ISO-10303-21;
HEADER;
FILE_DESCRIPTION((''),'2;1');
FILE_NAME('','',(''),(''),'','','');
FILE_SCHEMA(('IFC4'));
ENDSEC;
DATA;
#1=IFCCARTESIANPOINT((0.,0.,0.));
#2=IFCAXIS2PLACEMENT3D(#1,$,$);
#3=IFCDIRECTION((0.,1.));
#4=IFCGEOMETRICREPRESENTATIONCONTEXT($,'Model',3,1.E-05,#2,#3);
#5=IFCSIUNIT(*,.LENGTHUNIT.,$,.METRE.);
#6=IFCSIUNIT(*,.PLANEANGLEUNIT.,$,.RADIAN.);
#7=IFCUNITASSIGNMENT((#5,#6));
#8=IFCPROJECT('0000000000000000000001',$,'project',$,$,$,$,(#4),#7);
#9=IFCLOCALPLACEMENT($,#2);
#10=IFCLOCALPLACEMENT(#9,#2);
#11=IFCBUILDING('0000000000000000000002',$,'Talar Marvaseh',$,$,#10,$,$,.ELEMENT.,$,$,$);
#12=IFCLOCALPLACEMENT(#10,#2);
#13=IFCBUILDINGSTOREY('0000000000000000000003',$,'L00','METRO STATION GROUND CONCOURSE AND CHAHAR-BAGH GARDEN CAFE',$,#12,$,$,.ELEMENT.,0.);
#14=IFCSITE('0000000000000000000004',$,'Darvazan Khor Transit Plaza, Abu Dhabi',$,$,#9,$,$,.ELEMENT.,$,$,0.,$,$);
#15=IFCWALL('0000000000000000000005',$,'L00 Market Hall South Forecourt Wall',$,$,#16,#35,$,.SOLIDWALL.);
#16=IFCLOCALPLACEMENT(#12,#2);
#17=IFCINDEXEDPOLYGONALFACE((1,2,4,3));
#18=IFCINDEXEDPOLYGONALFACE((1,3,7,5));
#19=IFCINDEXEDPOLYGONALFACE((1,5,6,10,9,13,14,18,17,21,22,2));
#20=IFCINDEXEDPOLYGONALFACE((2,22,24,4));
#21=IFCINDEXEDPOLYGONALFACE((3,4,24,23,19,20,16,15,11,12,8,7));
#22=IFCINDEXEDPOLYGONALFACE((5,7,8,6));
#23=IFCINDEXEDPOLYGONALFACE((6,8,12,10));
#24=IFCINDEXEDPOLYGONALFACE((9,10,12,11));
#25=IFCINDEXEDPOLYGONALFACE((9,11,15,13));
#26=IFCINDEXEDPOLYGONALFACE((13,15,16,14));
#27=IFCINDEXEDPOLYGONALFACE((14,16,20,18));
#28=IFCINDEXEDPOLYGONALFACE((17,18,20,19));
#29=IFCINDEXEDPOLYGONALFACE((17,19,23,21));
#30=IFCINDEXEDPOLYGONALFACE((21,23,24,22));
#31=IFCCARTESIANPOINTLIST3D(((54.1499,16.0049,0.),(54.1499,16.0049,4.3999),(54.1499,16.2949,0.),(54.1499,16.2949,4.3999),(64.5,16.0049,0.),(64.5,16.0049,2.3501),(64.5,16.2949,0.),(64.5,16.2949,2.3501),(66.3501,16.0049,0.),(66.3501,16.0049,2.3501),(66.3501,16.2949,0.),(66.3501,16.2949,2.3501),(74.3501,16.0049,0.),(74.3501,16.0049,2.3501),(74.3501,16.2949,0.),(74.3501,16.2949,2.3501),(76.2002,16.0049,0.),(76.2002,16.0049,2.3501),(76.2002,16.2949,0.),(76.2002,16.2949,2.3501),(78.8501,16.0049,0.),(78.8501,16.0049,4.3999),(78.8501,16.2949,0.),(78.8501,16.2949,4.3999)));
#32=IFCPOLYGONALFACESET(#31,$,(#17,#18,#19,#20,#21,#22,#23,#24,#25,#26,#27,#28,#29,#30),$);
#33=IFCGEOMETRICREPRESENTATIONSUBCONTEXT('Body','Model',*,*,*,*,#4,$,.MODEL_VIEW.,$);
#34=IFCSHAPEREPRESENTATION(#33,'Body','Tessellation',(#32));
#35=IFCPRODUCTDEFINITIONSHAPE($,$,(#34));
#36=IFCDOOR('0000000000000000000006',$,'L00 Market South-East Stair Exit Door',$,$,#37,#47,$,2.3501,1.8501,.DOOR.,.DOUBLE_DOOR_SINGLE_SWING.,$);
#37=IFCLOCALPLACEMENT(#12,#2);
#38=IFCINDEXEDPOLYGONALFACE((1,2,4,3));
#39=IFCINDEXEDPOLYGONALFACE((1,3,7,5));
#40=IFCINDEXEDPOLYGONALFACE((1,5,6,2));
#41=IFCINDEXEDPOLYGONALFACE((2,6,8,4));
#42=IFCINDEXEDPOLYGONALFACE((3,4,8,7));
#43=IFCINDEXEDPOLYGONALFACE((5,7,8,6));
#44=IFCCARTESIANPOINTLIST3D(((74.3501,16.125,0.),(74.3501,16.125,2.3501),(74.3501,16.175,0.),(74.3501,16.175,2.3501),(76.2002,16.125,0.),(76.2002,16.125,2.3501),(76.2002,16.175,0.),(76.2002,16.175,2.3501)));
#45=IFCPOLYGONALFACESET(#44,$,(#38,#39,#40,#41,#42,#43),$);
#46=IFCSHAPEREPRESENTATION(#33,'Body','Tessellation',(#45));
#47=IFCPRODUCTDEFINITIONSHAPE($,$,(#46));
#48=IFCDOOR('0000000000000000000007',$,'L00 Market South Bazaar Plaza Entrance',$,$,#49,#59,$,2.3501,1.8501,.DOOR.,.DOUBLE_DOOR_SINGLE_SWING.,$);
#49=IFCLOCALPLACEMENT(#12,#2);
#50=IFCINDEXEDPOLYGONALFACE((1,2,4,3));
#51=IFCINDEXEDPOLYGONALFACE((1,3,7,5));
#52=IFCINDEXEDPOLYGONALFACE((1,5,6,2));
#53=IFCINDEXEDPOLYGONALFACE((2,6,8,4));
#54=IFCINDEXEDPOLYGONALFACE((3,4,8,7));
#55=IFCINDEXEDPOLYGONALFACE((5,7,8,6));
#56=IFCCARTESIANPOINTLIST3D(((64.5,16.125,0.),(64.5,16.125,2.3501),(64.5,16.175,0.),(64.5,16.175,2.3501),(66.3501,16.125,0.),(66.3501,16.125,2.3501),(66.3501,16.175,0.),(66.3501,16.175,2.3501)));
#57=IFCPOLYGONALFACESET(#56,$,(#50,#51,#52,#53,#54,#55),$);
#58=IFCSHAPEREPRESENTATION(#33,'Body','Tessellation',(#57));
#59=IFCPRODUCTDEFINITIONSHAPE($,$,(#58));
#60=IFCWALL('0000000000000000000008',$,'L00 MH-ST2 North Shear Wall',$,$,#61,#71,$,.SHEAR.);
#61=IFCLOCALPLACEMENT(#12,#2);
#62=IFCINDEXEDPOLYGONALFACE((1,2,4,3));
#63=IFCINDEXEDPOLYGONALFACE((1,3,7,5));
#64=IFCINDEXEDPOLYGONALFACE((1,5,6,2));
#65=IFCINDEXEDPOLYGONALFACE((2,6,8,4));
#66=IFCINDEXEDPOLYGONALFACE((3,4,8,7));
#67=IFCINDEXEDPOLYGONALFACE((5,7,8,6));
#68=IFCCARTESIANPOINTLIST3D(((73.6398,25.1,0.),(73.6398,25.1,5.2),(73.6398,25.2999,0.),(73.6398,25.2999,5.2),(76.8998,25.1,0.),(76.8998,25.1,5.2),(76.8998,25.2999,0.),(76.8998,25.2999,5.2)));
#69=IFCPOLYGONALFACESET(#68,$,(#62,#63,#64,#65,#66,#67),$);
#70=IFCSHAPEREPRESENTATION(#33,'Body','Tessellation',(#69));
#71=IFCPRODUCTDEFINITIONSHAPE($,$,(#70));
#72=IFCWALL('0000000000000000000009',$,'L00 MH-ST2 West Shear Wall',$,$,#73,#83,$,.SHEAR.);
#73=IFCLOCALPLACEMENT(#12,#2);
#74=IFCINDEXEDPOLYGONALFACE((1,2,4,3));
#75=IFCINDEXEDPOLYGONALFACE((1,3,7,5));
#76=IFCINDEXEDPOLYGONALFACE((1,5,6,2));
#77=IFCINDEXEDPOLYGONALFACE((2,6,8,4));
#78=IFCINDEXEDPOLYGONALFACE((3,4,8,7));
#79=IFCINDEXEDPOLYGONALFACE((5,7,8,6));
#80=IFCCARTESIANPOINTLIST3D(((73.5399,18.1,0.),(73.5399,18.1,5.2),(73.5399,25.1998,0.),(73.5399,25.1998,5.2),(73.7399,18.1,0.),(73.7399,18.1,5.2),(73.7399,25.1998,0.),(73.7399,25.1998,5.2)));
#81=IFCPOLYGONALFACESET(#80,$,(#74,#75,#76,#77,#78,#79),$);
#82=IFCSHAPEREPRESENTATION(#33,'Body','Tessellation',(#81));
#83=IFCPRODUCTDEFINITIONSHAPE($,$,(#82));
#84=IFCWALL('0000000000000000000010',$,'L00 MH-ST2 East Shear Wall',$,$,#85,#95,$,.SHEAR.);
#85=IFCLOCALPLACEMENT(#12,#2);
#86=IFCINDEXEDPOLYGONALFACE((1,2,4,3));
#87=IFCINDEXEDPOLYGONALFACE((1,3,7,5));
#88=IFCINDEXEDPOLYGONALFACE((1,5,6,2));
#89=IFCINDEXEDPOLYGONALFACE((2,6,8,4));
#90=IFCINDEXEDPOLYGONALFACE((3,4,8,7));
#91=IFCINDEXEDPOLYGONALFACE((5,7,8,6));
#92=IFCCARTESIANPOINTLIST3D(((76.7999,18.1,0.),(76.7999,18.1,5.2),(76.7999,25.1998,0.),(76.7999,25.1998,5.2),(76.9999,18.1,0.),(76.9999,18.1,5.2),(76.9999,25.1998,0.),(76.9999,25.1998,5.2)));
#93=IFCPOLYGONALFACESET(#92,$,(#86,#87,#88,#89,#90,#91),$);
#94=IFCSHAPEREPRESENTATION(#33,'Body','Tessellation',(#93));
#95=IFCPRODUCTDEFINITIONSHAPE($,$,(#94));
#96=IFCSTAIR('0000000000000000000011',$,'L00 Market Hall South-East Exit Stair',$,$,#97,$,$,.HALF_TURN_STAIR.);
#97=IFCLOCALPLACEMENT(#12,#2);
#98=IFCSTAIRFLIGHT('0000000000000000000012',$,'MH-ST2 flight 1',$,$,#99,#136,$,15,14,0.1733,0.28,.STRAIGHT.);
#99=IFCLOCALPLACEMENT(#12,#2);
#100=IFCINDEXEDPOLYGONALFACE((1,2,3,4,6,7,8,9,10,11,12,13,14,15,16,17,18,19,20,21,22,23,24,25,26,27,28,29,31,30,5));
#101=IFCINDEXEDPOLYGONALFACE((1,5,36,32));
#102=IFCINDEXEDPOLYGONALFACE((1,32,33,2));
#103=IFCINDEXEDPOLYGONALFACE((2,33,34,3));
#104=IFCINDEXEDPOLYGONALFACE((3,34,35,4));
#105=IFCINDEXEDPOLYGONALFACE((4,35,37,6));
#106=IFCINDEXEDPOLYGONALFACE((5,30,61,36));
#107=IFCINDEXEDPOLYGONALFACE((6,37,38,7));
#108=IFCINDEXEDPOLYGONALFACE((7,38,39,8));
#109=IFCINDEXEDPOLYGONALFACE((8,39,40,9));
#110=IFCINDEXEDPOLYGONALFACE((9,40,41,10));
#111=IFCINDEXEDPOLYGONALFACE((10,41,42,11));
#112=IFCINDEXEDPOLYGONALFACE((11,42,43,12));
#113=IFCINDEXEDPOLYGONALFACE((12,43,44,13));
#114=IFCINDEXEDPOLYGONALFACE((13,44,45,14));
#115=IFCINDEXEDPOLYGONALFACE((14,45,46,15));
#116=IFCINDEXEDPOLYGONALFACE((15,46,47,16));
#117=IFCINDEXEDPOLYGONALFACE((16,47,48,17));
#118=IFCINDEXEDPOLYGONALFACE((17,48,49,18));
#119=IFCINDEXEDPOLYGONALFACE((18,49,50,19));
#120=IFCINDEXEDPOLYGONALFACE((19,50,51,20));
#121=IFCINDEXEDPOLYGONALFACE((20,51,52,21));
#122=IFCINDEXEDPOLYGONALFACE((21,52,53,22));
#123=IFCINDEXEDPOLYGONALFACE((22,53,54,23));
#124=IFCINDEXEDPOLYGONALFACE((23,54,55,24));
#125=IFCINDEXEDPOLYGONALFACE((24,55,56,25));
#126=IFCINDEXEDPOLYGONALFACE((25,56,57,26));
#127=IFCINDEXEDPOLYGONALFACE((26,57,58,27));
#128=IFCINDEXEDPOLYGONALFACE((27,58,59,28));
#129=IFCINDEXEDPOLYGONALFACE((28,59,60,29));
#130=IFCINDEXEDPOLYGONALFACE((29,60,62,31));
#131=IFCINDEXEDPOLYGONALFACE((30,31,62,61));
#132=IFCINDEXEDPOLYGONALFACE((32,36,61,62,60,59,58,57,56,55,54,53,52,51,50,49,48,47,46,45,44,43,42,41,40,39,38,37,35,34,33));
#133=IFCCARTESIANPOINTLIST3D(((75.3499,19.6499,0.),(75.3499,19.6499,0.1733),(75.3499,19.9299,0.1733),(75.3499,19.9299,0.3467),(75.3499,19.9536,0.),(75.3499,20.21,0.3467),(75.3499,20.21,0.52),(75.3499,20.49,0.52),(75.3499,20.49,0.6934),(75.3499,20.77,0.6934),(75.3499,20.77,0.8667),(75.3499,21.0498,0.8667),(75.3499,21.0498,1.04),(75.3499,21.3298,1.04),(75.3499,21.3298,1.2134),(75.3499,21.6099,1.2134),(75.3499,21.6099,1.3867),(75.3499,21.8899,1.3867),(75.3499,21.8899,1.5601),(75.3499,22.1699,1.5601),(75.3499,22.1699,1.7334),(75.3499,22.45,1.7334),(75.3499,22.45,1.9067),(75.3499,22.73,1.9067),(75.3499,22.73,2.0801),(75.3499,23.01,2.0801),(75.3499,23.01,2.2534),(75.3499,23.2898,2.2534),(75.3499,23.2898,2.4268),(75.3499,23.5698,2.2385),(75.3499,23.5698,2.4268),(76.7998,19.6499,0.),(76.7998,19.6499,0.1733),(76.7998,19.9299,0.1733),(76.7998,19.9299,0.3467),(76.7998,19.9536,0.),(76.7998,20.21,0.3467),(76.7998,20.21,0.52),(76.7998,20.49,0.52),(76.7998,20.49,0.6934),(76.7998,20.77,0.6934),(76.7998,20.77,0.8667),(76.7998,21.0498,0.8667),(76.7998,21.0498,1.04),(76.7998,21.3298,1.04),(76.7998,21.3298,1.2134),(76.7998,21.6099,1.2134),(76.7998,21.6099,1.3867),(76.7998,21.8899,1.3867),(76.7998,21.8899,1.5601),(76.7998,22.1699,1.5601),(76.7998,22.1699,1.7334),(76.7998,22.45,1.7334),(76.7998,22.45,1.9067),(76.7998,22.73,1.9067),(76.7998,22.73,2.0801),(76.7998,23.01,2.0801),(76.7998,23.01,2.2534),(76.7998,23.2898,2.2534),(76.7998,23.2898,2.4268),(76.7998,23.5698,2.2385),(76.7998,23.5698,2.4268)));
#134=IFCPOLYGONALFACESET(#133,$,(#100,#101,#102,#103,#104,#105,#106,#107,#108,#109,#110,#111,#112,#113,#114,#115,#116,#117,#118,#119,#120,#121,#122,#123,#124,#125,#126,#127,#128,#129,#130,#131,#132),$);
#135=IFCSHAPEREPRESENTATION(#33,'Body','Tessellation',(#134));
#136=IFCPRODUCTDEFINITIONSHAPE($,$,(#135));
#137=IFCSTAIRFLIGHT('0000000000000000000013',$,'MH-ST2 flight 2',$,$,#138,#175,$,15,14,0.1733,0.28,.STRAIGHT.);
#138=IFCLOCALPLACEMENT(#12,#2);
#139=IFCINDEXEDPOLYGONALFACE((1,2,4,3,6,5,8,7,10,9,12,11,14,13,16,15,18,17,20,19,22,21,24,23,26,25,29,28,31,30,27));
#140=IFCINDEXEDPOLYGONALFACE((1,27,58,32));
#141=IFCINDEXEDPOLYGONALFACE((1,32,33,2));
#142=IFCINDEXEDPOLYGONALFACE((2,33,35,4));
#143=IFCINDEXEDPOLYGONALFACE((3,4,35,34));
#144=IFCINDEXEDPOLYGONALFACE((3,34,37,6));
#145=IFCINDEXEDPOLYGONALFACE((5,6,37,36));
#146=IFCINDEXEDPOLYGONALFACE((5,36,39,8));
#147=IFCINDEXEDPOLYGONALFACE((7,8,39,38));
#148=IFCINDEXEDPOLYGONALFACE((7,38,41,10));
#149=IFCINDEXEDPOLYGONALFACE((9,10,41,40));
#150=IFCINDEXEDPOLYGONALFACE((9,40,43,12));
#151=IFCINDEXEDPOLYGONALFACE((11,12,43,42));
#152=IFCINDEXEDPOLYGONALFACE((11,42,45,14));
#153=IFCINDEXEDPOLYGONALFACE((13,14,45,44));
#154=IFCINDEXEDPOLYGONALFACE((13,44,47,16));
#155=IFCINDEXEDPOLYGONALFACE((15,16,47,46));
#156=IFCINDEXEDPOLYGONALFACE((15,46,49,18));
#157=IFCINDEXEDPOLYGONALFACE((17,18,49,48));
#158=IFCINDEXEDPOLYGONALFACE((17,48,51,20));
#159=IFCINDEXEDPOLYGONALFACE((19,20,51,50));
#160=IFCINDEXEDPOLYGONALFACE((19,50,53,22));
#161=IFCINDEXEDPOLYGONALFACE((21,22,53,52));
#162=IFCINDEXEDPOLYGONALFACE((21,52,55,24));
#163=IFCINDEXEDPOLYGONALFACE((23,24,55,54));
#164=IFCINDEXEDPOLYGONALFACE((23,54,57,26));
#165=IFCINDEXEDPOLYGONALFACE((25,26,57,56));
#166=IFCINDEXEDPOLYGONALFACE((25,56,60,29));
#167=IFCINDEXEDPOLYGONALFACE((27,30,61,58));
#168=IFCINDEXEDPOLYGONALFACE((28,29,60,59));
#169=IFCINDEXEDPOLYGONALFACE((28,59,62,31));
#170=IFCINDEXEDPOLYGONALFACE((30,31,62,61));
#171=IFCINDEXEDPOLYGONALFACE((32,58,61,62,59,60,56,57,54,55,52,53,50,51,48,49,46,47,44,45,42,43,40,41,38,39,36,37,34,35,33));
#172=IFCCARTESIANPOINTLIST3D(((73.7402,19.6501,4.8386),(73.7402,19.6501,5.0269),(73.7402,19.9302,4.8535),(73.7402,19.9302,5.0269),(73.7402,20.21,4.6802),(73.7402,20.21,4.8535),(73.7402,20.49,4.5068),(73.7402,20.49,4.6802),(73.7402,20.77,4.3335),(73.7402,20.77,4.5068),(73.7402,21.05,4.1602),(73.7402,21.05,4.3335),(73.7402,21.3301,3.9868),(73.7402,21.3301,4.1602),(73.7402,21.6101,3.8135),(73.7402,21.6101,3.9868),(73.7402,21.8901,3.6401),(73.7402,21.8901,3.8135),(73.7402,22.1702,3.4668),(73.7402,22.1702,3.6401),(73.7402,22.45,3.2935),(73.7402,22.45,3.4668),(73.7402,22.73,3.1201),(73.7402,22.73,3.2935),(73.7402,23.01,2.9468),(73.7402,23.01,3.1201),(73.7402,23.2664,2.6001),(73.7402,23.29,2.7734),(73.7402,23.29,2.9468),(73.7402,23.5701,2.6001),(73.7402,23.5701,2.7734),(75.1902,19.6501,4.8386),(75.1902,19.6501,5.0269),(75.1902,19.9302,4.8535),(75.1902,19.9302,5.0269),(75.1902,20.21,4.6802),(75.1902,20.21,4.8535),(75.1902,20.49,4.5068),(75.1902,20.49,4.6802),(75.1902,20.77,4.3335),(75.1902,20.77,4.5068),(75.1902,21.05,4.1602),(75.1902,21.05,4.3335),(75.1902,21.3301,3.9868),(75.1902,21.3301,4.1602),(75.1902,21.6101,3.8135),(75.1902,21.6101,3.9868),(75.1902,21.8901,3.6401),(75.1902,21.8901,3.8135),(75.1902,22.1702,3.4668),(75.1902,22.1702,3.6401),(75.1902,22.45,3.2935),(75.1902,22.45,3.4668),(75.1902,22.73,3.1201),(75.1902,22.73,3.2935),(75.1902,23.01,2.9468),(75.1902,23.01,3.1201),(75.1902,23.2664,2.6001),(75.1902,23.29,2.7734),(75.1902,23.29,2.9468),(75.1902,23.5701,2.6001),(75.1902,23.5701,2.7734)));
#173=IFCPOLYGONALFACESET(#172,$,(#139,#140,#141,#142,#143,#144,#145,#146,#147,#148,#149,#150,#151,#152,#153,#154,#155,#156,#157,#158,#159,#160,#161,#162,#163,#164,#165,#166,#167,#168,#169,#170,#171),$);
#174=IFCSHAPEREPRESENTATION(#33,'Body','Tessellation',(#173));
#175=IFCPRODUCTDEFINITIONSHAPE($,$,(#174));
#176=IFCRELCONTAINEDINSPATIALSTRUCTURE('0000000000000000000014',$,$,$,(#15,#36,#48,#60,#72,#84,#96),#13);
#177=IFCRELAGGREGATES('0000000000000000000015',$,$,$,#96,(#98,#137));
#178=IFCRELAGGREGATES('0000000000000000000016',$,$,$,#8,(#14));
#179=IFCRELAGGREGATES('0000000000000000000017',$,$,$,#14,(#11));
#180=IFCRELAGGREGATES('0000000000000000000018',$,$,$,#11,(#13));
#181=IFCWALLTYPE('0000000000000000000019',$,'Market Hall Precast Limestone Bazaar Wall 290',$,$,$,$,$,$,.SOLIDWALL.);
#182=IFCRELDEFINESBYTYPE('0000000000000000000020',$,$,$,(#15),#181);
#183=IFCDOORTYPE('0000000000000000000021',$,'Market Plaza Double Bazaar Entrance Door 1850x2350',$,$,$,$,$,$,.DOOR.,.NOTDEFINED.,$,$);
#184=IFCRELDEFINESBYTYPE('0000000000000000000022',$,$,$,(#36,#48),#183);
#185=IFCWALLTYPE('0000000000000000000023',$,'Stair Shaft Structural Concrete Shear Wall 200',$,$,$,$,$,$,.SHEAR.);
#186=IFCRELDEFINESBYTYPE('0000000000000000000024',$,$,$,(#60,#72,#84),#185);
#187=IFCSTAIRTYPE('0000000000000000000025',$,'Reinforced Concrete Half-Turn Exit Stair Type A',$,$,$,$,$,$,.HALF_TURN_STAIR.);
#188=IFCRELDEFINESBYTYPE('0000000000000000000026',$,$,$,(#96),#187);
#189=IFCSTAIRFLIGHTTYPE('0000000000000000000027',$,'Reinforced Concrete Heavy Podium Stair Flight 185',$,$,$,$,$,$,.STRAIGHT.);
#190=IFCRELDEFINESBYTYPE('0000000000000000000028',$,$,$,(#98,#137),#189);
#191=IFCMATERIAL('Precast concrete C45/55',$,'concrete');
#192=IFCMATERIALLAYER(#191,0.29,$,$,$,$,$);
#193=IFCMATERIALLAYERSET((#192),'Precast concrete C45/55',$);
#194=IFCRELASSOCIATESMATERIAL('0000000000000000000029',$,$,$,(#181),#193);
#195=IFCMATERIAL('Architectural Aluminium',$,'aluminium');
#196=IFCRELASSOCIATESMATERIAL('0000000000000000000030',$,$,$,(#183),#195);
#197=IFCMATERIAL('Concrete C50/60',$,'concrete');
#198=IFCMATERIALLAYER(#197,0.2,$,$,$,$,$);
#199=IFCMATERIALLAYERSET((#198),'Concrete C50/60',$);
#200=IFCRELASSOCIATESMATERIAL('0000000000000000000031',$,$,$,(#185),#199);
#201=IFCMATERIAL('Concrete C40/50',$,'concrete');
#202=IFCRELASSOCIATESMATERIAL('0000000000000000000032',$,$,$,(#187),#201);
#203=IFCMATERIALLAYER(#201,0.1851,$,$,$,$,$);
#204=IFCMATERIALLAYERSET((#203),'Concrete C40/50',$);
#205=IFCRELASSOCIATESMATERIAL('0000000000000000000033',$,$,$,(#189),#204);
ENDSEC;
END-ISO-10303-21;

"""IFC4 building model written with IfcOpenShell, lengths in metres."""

from ifc_helpers import new_model, si_unit, direction, frame, frame_2d, origin, place, context, subcontext, project, spatial, polyline, rectangle, outline, extrude, source, transform, mapped, material, layer, layer_set, type_object, type_shapes, element, fill, aggregate, save


model = new_model("IFC4")

# Units and contexts
model_context = context("Model", 3, precision=1e-05, world=origin(), true_north=direction((0.0, 1.0)))
body_context = subcontext(model_context, "Body", "Model", "MODEL_VIEW")
ifc_project = project(units=[si_unit("LENGTHUNIT", "METRE"), si_unit("PLANEANGLEUNIT", "RADIAN")], contexts=[model_context])

# Site, building, storey
site_placement = place(None, origin())
site = spatial("IfcSite", under=ifc_project, at=site_placement, Name="Darvazan Khor Transit Plaza, Abu Dhabi", CompositionType="ELEMENT", RefElevation=0.0)
building_placement = place(site_placement, origin())
building = spatial("IfcBuilding", under=site, at=building_placement, Name="Talar Marvaseh", CompositionType="ELEMENT")
storey_placement = place(building_placement, origin())
storey = spatial("IfcBuildingStorey", under=building, at=storey_placement, Name="L00", Description="METRO STATION GROUND CONCOURSE AND CHAHAR-BAGH GARDEN CAFE", CompositionType="ELEMENT", Elevation=0.0)

# Shared definitions
ifc_material_1 = material(Name="Concrete C40/50", Category="concrete")

# Wall, openings, doors
ifc_material_2 = material(Name="Precast concrete C45/55", Category="concrete")
ifc_layer_1 = layer(ifc_material_2, 0.29)
ifc_layer_set_1 = layer_set([ifc_layer_1], Name="Precast concrete C45/55")
wall_type_1 = type_object("IfcWallType", Name="Market Hall Precast Limestone Bazaar Wall 290", PredefinedType="SOLIDWALL", material=ifc_layer_set_1)
wall_1_placement = place(storey_placement, frame((78.8501, 16.1499, 0.0), z_axis=(0.0, 0.0, 1.0), x_axis=(-1.0, 0.0, 0.0)))
wall_1 = element("IfcWall", 1, at=wall_1_placement, inside=storey, type_object=wall_type_1, Name="L00 Market Hall South Forecourt Wall", PredefinedType="SOLIDWALL", context=body_context, shape_type="SweptSolid", body=[
    extrude(rectangle(XDim=24.7002, YDim=0.29, at=frame_2d((12.3501, 0.0))), origin(), (0.0, 0.0, 1.0), 4.3999),
])
opening_1_placement = place(wall_1_placement, frame((2.6499, 0.0, 0.0)))
opening_1 = element("IfcOpeningElement", 2, at=opening_1_placement, cuts=wall_1, PredefinedType="OPENING", context=body_context, shape_type="SweptSolid", body=[
    extrude(rectangle(XDim=1.8501, YDim=2.3501, at=frame_2d((0.925, 1.175))), frame((0.0, 0.155, 0.0), z_axis=(0.0, -1.0, 0.0), x_axis=(1.0, 0.0, 0.0)), (0.0, 0.0, 1.0), 0.3101),
])
opening_2_placement = place(wall_1_placement, frame((12.5, 0.0, 0.0)))
opening_2 = element("IfcOpeningElement", 3, at=opening_2_placement, cuts=wall_1, PredefinedType="OPENING", context=body_context, shape_type="SweptSolid", body=[
    extrude(rectangle(XDim=1.8501, YDim=2.3501, at=frame_2d((0.925, 1.175))), frame((0.0, 0.155, 0.0), z_axis=(0.0, -1.0, 0.0), x_axis=(1.0, 0.0, 0.0)), (0.0, 0.0, 1.0), 0.3101),
])
ifc_material_3 = material(Name="Architectural Aluminium", Category="aluminium")
door_type_1 = type_object("IfcDoorType", Name="Market Plaza Double Bazaar Entrance Door 1850x2350", OperationType="NOTDEFINED", PredefinedType="DOOR", material=ifc_material_3)
shared_shape_1 = source(origin(), body_context, "Body", "SweptSolid", [
    extrude(rectangle(XDim=1.8501, YDim=2.3501, at=frame_2d((0.925, 1.175))), frame((0.0, 0.0249, 0.0), z_axis=(0.0, -1.0, 0.0), x_axis=(1.0, 0.0, 0.0)), (0.0, 0.0, 1.0), 0.05),
])
type_shapes(door_type_1, [shared_shape_1])
door_1_placement = place(opening_1_placement, origin())
door_1 = element("IfcDoor", 4, at=door_1_placement, inside=storey, type_object=door_type_1, Name="L00 Market South-East Stair Exit Door", OperationType="DOUBLE_DOOR_SINGLE_SWING", OverallHeight=2.3501, OverallWidth=1.8501, PredefinedType="DOOR", context=body_context, shape_type="MappedRepresentation", body=[
    mapped(shared_shape_1, transform((0.0, 0.0, 0.0), x_axis=(1.0, 0.0, 0.0), y_axis=(0.0, 1.0, 0.0), z_axis=(0.0, 0.0, 1.0), scale=1.0)),
])
fill(opening_1, door_1)
door_2_placement = place(opening_2_placement, origin())
door_2 = element("IfcDoor", 5, at=door_2_placement, inside=storey, type_object=door_type_1, Name="L00 Market South Bazaar Plaza Entrance", OperationType="DOUBLE_DOOR_SINGLE_SWING", OverallHeight=2.3501, OverallWidth=1.8501, PredefinedType="DOOR", context=body_context, shape_type="MappedRepresentation", body=[
    mapped(shared_shape_1, transform((0.0, 0.0, 0.0), x_axis=(1.0, 0.0, 0.0), y_axis=(0.0, 1.0, 0.0), z_axis=(0.0, 0.0, 1.0), scale=1.0)),
])
fill(opening_2, door_2)

# Shared definitions
ifc_material_4 = material(Name="Concrete C50/60", Category="concrete")
ifc_layer_2 = layer(ifc_material_4, 0.2)
ifc_layer_set_2 = layer_set([ifc_layer_2], Name="Concrete C50/60")
wall_type_2 = type_object("IfcWallType", Name="Stair Shaft Structural Concrete Shear Wall 200", PredefinedType="SHEAR", material=ifc_layer_set_2)

# Walls
wall_2_placement = place(storey_placement, frame((73.6399, 25.2, 0.0), z_axis=(0.0, 0.0, 1.0), x_axis=(1.0, 0.0, 0.0)))
element("IfcWall", 6, at=wall_2_placement, inside=storey, type_object=wall_type_2, Name="L00 MH-ST2 North Shear Wall", PredefinedType="SHEAR", context=body_context, shape_type="SweptSolid", body=[
    extrude(rectangle(XDim=3.26, YDim=0.2, at=frame_2d((1.6299, 0.0))), origin(), (0.0, 0.0, 1.0), 5.2),
])
for number, where, z_axis, x_axis, name in (
    (7, (73.6399, 18.1001, 0.0), (0.0, 0.0, 1.0), (0.0, 1.0, 0.0), "L00 MH-ST2 West Shear Wall"),
    (8, (76.8999, 18.1001, 0.0), (0.0, 0.0, 1.0), (0.0, 1.0, 0.0), "L00 MH-ST2 East Shear Wall"),
):
    element("IfcWall", number, at=place(storey_placement, frame(where, z_axis=z_axis, x_axis=x_axis)), inside=storey, type_object=wall_type_2, Name=name, PredefinedType="SHEAR", context=body_context, shape_type="SweptSolid", body=[
        extrude(rectangle(XDim=7.0999, YDim=0.2, at=frame_2d((3.5498, 0.0))), origin(), (0.0, 0.0, 1.0), 5.2),
    ])

# Stair, stair flights
stair_type = type_object("IfcStairType", Name="Reinforced Concrete Half-Turn Exit Stair Type A", PredefinedType="HALF_TURN_STAIR", material=ifc_material_1)
stair_placement = place(storey_placement, origin())
stair = element("IfcStair", 9, at=stair_placement, inside=storey, type_object=stair_type, Name="L00 Market Hall South-East Exit Stair", PredefinedType="HALF_TURN_STAIR")
ifc_layer_3 = layer(ifc_material_1, 0.1851)
ifc_layer_set_3 = layer_set([ifc_layer_3], Name="Concrete C40/50")
stair_flight_type = type_object("IfcStairFlightType", Name="Reinforced Concrete Heavy Podium Stair Flight 185", PredefinedType="STRAIGHT", material=ifc_layer_set_3)
stair_flight_1_placement = place(storey_placement, frame((76.075, 19.6499, 0.0), z_axis=(0.0, 0.0, 1.0), x_axis=(0.0, 1.0, 0.0)))
stair_flight_1 = element("IfcStairFlight", 10, at=stair_flight_1_placement, type_object=stair_flight_type, Name="MH-ST2 flight 1", NumberOfRisers=15, NumberOfTreads=14, PredefinedType="STRAIGHT", RiserHeight=0.1733, TreadLength=0.28, context=body_context, shape_type="SweptSolid", body=[
    extrude(outline(polyline([(0.0, 0.0), (0.0, 0.1733), (0.28, 0.1733), (0.28, 0.3467), (0.5601, 0.3467), (0.5601, 0.52), (0.8401, 0.52), (0.8401, 0.6934), (1.1201, 0.6934), (1.1201, 0.8667), (1.3999, 0.8667), (1.3999, 1.04), (1.6799, 1.04), (1.6799, 1.2134), (1.96, 1.2134), (1.96, 1.3867), (2.24, 1.3867), (2.24, 1.5601), (2.52, 1.5601), (2.52, 1.7334), (2.8, 1.7334), (2.8, 1.9067), (3.0801, 1.9067), (3.0801, 2.0801), (3.3601, 2.0801), (3.3601, 2.2534), (3.6399, 2.2534), (3.6399, 2.4268), (3.9199, 2.4268), (3.9199, 2.6001), (3.9199, 2.2385), (0.3037, 0.0), (0.0, 0.0)])), frame((0.0, 0.7251, 0.0), z_axis=(0.0, -1.0, 0.0), x_axis=(1.0, 0.0, 0.0)), (0.0, 0.0, 1.0), 1.45),
])
stair_flight_2_placement = place(storey_placement, frame((74.4651, 23.5701, 2.6001), z_axis=(0.0, 0.0, 1.0), x_axis=(0.0, -1.0, 0.0)))
stair_flight_2 = element("IfcStairFlight", 11, at=stair_flight_2_placement, type_object=stair_flight_type, Name="MH-ST2 flight 2", NumberOfRisers=15, NumberOfTreads=14, PredefinedType="STRAIGHT", RiserHeight=0.1733, TreadLength=0.28, context=body_context, shape_type="SweptSolid", body=[
    extrude(outline(polyline([(0.0, 0.0), (0.0, 0.1733), (0.28, 0.1733), (0.28, 0.3467), (0.5601, 0.3467), (0.5601, 0.52), (0.8401, 0.52), (0.8401, 0.6934), (1.1201, 0.6934), (1.1201, 0.8667), (1.3999, 0.8667), (1.3999, 1.04), (1.6799, 1.04), (1.6799, 1.2134), (1.96, 1.2134), (1.96, 1.3867), (2.24, 1.3867), (2.24, 1.5601), (2.52, 1.5601), (2.52, 1.7334), (2.8, 1.7334), (2.8, 1.9067), (3.0801, 1.9067), (3.0801, 2.0801), (3.3601, 2.0801), (3.3601, 2.2534), (3.6399, 2.2534), (3.6399, 2.4268), (3.9199, 2.4268), (3.9199, 2.6001), (3.9199, 2.2385), (0.3037, 0.0), (0.0, 0.0)])), frame((0.0, 0.7251, 0.0), z_axis=(0.0, -1.0, 0.0), x_axis=(1.0, 0.0, 0.0)), (0.0, 0.0, 1.0), 1.45),
])
aggregate(stair, [stair_flight_1, stair_flight_2])

save(model, "model.ifc")
